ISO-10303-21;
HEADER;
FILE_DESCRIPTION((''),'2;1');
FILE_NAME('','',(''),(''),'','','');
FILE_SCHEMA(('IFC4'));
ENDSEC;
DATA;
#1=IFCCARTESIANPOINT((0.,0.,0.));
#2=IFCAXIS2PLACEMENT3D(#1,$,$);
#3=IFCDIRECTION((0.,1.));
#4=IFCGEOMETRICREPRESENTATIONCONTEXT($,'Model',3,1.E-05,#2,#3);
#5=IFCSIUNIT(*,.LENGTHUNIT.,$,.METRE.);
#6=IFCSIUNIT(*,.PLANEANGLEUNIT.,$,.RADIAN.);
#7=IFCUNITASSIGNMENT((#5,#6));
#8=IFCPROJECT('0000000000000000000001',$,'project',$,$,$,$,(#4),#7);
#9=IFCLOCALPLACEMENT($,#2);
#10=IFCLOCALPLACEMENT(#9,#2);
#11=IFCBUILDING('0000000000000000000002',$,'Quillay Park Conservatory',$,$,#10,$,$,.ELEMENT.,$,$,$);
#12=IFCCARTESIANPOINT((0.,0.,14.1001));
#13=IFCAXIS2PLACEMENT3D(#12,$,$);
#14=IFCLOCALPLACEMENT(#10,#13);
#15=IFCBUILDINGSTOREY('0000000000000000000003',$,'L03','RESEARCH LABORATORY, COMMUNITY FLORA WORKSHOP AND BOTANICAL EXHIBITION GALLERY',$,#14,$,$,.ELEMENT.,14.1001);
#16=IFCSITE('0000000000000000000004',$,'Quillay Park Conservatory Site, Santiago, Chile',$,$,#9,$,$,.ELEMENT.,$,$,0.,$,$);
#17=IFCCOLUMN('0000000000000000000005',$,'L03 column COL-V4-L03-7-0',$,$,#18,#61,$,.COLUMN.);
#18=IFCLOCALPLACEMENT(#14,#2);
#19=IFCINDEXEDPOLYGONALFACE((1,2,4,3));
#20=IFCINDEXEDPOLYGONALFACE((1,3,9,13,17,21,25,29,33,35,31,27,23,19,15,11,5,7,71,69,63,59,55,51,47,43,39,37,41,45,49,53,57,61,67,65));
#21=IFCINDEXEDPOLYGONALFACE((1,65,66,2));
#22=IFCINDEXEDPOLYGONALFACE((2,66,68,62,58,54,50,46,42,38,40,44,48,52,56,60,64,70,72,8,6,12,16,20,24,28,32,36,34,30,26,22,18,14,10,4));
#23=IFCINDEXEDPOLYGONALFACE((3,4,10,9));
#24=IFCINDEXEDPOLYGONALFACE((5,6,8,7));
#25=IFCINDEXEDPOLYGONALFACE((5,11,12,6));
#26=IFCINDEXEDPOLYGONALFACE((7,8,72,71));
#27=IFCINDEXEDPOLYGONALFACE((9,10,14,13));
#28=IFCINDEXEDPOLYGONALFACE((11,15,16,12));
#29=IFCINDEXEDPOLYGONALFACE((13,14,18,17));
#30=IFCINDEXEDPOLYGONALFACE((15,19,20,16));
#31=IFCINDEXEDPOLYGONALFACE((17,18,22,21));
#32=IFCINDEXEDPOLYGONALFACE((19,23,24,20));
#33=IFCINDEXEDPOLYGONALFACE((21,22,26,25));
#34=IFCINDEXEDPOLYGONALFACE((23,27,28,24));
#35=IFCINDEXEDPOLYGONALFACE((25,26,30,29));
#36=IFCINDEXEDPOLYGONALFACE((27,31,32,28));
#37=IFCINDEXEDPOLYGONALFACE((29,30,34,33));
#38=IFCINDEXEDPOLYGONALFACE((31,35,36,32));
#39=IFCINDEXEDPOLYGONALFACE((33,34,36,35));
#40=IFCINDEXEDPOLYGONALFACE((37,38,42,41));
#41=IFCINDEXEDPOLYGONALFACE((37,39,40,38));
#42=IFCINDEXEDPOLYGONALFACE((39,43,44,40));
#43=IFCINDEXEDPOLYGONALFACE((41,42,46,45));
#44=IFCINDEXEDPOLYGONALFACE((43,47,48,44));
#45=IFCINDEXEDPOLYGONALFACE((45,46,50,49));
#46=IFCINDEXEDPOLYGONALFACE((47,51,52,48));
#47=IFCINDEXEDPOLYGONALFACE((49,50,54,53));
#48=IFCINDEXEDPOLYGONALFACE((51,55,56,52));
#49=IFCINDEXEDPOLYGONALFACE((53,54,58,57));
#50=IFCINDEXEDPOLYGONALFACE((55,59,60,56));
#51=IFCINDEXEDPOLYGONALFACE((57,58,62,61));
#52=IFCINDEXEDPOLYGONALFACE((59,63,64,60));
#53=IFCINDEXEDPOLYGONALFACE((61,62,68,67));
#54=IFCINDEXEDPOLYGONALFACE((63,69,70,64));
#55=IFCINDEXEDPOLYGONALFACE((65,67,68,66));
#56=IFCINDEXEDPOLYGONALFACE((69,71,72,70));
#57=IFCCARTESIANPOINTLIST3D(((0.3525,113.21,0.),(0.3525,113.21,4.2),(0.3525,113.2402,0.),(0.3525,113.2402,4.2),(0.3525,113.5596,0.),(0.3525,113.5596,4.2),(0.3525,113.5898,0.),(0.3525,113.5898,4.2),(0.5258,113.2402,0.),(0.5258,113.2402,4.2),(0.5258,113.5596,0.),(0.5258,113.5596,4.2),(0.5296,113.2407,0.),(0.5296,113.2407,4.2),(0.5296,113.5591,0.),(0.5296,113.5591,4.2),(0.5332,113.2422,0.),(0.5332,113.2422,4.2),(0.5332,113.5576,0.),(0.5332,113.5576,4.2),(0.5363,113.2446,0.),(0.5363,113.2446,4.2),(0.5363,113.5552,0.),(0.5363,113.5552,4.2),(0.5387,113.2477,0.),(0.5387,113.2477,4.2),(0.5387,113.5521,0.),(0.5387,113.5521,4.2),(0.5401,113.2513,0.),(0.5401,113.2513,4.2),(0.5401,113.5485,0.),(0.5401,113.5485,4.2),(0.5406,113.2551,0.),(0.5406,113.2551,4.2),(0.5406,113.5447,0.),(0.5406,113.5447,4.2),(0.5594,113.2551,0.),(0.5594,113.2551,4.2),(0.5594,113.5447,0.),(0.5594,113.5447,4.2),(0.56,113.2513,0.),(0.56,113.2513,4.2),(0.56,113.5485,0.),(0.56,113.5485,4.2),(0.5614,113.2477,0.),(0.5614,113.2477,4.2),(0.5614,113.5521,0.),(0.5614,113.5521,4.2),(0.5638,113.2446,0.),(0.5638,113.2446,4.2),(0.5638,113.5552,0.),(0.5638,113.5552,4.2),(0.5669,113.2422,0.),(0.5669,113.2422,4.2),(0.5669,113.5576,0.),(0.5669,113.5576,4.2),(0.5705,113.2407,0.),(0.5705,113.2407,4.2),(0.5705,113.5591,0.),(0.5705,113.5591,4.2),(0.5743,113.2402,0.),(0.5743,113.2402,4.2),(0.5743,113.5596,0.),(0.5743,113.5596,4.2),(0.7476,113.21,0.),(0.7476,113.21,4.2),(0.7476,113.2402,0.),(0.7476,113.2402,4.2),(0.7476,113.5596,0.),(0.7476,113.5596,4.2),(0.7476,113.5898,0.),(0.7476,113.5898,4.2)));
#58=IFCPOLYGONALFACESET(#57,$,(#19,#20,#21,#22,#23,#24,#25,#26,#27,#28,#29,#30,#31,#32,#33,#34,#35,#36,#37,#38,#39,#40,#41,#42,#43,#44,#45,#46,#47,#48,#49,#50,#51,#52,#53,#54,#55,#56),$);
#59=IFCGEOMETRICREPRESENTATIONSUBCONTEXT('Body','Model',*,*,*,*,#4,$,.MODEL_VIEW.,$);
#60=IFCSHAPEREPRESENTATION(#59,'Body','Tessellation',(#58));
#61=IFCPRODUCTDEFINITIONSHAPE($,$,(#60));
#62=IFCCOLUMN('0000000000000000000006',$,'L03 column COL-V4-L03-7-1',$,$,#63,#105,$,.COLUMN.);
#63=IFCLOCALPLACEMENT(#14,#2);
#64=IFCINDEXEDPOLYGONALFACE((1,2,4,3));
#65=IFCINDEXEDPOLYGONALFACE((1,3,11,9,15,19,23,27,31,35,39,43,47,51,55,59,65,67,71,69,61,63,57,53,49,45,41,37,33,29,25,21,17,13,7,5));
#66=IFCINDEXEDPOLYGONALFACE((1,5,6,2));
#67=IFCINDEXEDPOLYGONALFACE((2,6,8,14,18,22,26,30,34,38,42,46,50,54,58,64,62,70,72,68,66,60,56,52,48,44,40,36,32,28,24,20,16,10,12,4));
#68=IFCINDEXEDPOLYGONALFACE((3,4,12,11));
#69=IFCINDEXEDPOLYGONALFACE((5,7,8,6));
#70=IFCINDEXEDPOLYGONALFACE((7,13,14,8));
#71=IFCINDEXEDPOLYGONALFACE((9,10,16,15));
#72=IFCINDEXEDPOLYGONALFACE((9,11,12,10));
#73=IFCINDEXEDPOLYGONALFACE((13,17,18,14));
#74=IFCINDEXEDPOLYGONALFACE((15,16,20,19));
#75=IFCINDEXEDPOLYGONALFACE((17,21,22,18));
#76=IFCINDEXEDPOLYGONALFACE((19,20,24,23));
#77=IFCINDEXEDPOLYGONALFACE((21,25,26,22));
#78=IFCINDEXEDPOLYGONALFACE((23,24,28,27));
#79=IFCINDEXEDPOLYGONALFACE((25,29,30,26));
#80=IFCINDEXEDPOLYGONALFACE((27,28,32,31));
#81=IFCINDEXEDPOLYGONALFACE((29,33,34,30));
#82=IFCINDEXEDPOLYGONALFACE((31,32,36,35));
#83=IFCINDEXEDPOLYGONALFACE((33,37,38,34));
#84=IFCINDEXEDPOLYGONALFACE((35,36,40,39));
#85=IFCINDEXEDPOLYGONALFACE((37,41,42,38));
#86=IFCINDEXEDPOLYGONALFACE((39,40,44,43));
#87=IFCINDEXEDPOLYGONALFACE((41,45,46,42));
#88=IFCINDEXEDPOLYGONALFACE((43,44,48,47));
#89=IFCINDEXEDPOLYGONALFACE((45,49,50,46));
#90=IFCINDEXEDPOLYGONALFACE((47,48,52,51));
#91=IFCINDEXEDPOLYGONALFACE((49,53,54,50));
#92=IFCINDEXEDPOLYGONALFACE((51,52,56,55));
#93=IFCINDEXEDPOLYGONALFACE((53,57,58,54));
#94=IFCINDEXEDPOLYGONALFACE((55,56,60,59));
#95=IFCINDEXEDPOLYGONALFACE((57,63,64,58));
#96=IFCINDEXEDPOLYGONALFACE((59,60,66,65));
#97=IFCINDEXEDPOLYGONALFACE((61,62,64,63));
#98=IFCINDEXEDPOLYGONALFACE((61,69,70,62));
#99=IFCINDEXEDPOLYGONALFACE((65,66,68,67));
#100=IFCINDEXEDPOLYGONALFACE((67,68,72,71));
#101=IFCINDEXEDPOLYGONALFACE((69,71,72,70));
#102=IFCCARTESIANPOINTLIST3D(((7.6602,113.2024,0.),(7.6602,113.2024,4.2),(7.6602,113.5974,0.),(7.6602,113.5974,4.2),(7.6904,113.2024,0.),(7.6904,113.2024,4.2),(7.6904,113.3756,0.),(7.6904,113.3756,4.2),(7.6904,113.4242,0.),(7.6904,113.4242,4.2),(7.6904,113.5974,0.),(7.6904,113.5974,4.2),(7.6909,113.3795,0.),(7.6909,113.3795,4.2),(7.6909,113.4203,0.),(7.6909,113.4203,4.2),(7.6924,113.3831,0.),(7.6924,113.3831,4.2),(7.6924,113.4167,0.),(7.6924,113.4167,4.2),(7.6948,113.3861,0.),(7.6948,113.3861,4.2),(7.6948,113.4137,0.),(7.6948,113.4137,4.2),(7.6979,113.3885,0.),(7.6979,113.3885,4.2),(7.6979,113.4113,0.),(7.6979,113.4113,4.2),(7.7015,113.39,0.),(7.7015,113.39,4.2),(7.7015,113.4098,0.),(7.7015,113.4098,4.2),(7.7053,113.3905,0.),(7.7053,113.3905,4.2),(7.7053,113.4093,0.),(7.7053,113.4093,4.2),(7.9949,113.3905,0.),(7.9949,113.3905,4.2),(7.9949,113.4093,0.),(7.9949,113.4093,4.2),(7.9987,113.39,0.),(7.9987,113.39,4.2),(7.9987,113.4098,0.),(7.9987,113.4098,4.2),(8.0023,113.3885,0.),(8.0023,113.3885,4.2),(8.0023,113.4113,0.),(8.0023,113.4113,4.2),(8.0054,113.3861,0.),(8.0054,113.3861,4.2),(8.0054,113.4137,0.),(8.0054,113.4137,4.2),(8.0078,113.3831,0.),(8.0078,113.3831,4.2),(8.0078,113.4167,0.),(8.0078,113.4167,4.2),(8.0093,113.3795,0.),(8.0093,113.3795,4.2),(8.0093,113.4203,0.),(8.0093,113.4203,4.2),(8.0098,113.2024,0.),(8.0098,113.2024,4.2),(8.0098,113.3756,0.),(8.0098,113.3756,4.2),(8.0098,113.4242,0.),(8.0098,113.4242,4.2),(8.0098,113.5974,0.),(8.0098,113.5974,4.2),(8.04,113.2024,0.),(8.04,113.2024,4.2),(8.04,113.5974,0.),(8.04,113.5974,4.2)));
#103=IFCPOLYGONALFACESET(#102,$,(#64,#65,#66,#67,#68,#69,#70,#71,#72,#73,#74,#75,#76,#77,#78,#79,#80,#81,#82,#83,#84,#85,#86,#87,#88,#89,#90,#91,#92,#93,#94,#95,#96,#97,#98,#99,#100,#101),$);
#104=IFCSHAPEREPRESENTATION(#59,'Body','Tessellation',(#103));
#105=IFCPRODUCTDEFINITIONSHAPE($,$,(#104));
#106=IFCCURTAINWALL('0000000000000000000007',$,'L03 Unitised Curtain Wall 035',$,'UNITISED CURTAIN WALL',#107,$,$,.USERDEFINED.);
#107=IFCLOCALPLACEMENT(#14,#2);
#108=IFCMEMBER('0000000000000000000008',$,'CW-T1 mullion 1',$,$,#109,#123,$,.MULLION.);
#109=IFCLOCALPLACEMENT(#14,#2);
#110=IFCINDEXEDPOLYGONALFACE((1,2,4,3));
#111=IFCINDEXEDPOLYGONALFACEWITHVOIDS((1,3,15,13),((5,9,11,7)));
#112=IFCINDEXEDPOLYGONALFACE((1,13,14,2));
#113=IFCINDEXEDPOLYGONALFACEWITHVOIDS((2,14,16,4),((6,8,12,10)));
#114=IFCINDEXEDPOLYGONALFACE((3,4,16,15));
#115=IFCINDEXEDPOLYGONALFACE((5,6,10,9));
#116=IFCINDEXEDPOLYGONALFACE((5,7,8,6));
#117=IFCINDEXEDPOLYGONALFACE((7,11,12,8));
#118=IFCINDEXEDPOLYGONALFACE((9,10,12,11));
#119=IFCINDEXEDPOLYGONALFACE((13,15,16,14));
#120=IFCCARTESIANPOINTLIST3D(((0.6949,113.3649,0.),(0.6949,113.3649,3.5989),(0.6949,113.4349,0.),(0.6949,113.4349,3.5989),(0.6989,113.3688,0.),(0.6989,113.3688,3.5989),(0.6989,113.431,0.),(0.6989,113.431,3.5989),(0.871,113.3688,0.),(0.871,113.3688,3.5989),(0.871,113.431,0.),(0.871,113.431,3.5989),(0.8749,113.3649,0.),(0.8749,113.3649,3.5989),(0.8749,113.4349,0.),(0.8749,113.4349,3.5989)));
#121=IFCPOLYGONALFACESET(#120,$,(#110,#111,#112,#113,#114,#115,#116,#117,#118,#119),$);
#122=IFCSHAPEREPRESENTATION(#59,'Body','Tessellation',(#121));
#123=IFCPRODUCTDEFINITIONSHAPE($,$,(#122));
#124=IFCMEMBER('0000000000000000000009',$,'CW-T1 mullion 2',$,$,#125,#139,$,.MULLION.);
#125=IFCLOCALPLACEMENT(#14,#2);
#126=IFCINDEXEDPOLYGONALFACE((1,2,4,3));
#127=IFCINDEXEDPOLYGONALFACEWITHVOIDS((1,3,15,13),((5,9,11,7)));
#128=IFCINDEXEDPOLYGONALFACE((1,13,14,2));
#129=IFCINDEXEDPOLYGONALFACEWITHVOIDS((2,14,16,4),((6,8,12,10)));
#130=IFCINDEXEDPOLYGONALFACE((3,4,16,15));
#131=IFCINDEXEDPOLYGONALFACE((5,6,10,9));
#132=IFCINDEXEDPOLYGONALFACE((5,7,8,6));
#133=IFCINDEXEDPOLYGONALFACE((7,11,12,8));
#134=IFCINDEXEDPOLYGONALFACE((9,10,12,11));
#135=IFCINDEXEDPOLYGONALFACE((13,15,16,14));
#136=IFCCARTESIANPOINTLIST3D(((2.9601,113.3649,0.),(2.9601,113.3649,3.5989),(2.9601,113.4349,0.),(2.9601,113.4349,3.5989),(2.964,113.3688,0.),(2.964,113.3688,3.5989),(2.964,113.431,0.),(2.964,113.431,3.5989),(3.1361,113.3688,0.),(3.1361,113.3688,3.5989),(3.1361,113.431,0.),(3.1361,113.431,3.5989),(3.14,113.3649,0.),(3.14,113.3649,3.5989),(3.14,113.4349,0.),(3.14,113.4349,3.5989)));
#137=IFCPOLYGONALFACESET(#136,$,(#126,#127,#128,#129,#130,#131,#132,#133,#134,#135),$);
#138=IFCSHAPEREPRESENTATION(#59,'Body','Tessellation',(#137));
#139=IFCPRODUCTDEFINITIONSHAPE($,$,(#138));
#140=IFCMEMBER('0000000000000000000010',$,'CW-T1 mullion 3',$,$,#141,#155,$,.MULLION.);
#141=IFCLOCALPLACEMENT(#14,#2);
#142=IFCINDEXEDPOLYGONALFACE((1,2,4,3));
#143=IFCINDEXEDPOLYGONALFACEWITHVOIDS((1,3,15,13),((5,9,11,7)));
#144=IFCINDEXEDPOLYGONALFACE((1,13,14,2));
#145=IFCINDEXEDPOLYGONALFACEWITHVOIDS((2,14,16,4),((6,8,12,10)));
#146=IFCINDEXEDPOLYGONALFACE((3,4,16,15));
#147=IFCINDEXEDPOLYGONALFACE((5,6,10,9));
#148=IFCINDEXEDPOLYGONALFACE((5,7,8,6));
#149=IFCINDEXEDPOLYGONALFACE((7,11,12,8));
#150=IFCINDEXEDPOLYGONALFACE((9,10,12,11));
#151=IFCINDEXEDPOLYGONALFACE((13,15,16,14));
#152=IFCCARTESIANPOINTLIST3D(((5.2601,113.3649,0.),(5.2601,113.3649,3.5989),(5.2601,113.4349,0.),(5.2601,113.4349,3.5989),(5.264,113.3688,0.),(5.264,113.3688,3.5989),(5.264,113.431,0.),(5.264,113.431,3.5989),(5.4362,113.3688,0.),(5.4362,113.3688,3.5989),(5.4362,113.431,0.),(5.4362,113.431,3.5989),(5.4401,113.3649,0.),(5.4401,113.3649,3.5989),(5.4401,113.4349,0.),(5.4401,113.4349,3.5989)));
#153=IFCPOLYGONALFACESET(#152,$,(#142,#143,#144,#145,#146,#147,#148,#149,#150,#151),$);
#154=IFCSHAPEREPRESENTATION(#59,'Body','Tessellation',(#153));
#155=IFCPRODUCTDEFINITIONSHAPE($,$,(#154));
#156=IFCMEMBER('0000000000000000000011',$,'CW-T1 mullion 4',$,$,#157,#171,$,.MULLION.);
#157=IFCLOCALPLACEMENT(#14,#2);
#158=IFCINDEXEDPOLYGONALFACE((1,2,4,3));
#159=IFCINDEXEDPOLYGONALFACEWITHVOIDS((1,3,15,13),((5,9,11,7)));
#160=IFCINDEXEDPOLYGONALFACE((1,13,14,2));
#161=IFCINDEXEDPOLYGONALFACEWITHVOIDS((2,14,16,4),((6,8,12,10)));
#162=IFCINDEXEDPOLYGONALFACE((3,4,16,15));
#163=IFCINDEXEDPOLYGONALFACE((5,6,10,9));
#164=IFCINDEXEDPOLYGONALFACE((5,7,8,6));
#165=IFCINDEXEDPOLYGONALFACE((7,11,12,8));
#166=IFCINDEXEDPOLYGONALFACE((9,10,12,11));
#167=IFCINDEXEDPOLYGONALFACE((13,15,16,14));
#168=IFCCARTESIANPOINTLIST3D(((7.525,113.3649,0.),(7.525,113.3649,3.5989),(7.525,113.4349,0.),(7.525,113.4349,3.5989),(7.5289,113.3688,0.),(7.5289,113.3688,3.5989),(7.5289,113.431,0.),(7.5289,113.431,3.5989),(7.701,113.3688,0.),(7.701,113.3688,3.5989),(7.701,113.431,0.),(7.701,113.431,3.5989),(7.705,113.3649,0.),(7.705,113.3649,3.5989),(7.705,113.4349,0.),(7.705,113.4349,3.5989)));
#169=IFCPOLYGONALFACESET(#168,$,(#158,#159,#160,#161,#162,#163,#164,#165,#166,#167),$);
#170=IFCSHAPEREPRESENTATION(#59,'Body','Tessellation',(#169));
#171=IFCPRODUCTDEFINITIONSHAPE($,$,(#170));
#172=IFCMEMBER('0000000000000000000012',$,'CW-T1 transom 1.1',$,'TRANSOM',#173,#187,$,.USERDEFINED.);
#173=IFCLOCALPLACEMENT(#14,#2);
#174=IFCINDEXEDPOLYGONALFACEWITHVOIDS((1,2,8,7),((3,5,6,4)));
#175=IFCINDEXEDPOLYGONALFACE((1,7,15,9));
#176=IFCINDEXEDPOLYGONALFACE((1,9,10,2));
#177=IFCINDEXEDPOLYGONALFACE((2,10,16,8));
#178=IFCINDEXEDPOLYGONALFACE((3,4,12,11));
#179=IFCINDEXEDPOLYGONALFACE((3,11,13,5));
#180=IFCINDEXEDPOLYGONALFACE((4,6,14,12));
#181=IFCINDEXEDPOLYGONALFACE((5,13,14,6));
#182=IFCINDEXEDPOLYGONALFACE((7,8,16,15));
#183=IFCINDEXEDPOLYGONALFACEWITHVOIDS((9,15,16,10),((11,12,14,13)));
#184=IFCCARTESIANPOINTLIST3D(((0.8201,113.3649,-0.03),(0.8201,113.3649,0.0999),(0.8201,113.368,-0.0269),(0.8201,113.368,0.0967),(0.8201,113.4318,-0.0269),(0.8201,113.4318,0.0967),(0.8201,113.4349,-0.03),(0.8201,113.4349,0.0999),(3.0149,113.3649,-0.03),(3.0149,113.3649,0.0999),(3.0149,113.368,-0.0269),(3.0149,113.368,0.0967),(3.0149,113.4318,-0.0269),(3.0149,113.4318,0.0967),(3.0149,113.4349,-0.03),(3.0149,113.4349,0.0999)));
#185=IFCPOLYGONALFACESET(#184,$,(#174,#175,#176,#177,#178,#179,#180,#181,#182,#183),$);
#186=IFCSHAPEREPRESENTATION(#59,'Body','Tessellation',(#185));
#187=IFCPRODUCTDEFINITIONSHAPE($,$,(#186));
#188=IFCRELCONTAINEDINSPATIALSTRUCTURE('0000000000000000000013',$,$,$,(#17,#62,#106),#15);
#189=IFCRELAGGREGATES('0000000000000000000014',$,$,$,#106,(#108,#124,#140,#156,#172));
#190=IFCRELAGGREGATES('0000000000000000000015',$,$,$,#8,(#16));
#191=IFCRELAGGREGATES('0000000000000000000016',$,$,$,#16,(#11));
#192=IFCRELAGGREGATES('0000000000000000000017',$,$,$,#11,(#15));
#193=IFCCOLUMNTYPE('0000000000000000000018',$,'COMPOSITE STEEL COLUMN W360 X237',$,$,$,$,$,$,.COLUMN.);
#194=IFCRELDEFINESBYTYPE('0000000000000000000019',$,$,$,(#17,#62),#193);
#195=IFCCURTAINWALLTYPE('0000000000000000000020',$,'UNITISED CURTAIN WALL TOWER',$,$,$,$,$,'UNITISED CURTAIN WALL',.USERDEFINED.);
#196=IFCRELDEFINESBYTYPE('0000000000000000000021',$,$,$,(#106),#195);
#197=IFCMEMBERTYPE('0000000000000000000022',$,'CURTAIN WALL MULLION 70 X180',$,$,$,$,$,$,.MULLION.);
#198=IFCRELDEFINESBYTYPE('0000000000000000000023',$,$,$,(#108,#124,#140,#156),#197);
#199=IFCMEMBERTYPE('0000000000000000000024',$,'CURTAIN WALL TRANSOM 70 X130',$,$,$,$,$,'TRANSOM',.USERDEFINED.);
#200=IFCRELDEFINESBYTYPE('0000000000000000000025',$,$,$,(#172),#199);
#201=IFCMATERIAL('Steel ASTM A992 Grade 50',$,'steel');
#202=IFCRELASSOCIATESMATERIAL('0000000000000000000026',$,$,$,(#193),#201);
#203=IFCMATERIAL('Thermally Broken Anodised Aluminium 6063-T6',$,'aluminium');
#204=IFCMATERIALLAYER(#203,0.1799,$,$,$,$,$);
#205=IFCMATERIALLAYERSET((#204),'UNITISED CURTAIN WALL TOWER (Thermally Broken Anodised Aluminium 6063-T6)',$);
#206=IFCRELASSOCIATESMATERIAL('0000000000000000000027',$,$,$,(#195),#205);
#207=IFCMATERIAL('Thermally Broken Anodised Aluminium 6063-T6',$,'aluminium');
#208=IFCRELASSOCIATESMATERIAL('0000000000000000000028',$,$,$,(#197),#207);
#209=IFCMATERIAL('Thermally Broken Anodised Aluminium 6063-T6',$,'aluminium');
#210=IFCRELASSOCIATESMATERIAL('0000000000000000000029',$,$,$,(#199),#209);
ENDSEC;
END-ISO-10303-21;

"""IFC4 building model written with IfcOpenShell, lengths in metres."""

from ifc_helpers import new_model, si_unit, direction, frame, origin, origin_2d, place, context, subcontext, project, spatial, hollow_rectangle, i_section, extrude, material, layer, layer_set, material_profile, profile_set, type_object, element, aggregate, save


model = new_model("IFC4")

# Units and contexts
model_context = context("Model", 3, precision=1e-05, world=origin(), true_north=direction((0.0, 1.0)))
body_context = subcontext(model_context, "Body", "Model", "MODEL_VIEW")
ifc_project = project(units=[si_unit("LENGTHUNIT", "METRE"), si_unit("PLANEANGLEUNIT", "RADIAN")], contexts=[model_context])

# Site, building, storey
site_placement = place(None, origin())
site = spatial("IfcSite", under=ifc_project, at=site_placement, Name="Quillay Park Conservatory Site, Santiago, Chile", CompositionType="ELEMENT", RefElevation=0.0)
building_placement = place(site_placement, origin())
building = spatial("IfcBuilding", under=site, at=building_placement, Name="Quillay Park Conservatory", CompositionType="ELEMENT")
storey_placement = place(building_placement, frame((0.0, 0.0, 14.1001)))
storey = spatial("IfcBuildingStorey", under=building, at=storey_placement, Name="L03", Description="RESEARCH LABORATORY, COMMUNITY FLORA WORKSHOP AND BOTANICAL EXHIBITION GALLERY", CompositionType="ELEMENT", Elevation=14.1001)

# Columns
ifc_material_1 = material(Name="Steel ASTM A992 Grade 50", Category="steel")
ifc_material_profile_1 = material_profile(ifc_material_1, i_section(OverallWidth=0.395, OverallDepth=0.3799, WebThickness=0.0188, FlangeThickness=0.0303, FilletRadius=0.0149, at=origin_2d()), Name="W360x237")
ifc_profile_set_1 = profile_set([ifc_material_profile_1], Name="Steel ASTM A992 Grade 50")
column_type = type_object("IfcColumnType", Name="COMPOSITE STEEL COLUMN W360 X237", PredefinedType="COLUMN", material=ifc_profile_set_1)
for number, where, z_axis, x_axis, name in (
    (1, (0.55, 113.3999, 0.0), (0.0, 0.0, 1.0), (1.0, 0.0, 0.0), "L03 column COL-V4-L03-7-0"),
    (2, (7.8501, 113.3999, 0.0), (0.0, 0.0, 1.0), (0.0, 1.0, 0.0), "L03 column COL-V4-L03-7-1"),
):
    element("IfcColumn", number, at=place(storey_placement, frame(where, z_axis=z_axis, x_axis=x_axis)), inside=storey, type_object=column_type, Name=name, PredefinedType="COLUMN", context=body_context, shape_type="SweptSolid", body=[
        extrude(i_section(OverallWidth=0.395, OverallDepth=0.3799, WebThickness=0.0188, FlangeThickness=0.0303, FilletRadius=0.0149, at=origin_2d()), origin(), (0.0, 0.0, 1.0), 4.2),
    ])

# Curtain wall, members
ifc_material_2 = material(Name="Thermally Broken Anodised Aluminium 6063-T6", Category="aluminium")
ifc_layer_1 = layer(ifc_material_2, 0.1799)
ifc_layer_set_1 = layer_set([ifc_layer_1], Name="UNITISED CURTAIN WALL TOWER (Thermally Broken Anodised Aluminium 6063-T6)")
curtain_wall_type = type_object("IfcCurtainWallType", Name="UNITISED CURTAIN WALL TOWER", ElementType="UNITISED CURTAIN WALL", PredefinedType="USERDEFINED", material=ifc_layer_set_1)
curtain_wall_placement = place(storey_placement, origin())
curtain_wall = element("IfcCurtainWall", 3, at=curtain_wall_placement, inside=storey, type_object=curtain_wall_type, Name="L03 Unitised Curtain Wall 035", ObjectType="UNITISED CURTAIN WALL", PredefinedType="USERDEFINED")
ifc_material_3 = material(Name="Thermally Broken Anodised Aluminium 6063-T6", Category="aluminium")
ifc_material_profile_2 = material_profile(ifc_material_3, hollow_rectangle(XDim=0.0701, YDim=0.1799, WallThickness=0.0039, at=origin_2d()), Name="AL70x180x4")
ifc_profile_set_2 = profile_set([ifc_material_profile_2], Name="Thermally Broken Anodised Aluminium 6063-T6")
member_type_1 = type_object("IfcMemberType", Name="CURTAIN WALL MULLION 70 X180", PredefinedType="MULLION", material=ifc_profile_set_2)
member_1_placement = place(storey_placement, frame((0.7849, 113.3999, 0.0), z_axis=(0.0, 0.0, 1.0), x_axis=(0.0, 1.0, 0.0)))
member_1 = element("IfcMember", 4, at=member_1_placement, type_object=member_type_1, Name="CW-T1 mullion 1", PredefinedType="MULLION", context=body_context, shape_type="SweptSolid", body=[
    extrude(hollow_rectangle(XDim=0.0701, YDim=0.1799, WallThickness=0.0039, at=origin_2d()), origin(), (0.0, 0.0, 1.0), 3.5989),
])
member_2_placement = place(storey_placement, frame((3.05, 113.3999, 0.0), z_axis=(0.0, 0.0, 1.0), x_axis=(0.0, 1.0, 0.0)))
member_2 = element("IfcMember", 5, at=member_2_placement, type_object=member_type_1, Name="CW-T1 mullion 2", PredefinedType="MULLION", context=body_context, shape_type="SweptSolid", body=[
    extrude(hollow_rectangle(XDim=0.0701, YDim=0.1799, WallThickness=0.0039, at=origin_2d()), origin(), (0.0, 0.0, 1.0), 3.5989),
])
member_3_placement = place(storey_placement, frame((5.3501, 113.3999, 0.0), z_axis=(0.0, 0.0, 1.0), x_axis=(0.0, 1.0, 0.0)))
member_3 = element("IfcMember", 6, at=member_3_placement, type_object=member_type_1, Name="CW-T1 mullion 3", PredefinedType="MULLION", context=body_context, shape_type="SweptSolid", body=[
    extrude(hollow_rectangle(XDim=0.0701, YDim=0.1799, WallThickness=0.0039, at=origin_2d()), origin(), (0.0, 0.0, 1.0), 3.5989),
])
member_4_placement = place(storey_placement, frame((7.615, 113.3999, 0.0), z_axis=(0.0, 0.0, 1.0), x_axis=(0.0, 1.0, 0.0)))
member_4 = element("IfcMember", 7, at=member_4_placement, type_object=member_type_1, Name="CW-T1 mullion 4", PredefinedType="MULLION", context=body_context, shape_type="SweptSolid", body=[
    extrude(hollow_rectangle(XDim=0.0701, YDim=0.1799, WallThickness=0.0039, at=origin_2d()), origin(), (0.0, 0.0, 1.0), 3.5989),
])
ifc_material_4 = material(Name="Thermally Broken Anodised Aluminium 6063-T6", Category="aluminium")
ifc_material_profile_3 = material_profile(ifc_material_4, hollow_rectangle(XDim=0.0701, YDim=0.1299, WallThickness=0.0032, at=origin_2d()), Name="AL70x130x3.2")
ifc_profile_set_3 = profile_set([ifc_material_profile_3], Name="Thermally Broken Anodised Aluminium 6063-T6")
member_type_2 = type_object("IfcMemberType", Name="CURTAIN WALL TRANSOM 70 X130", ElementType="TRANSOM", PredefinedType="USERDEFINED", material=ifc_profile_set_3)
member_5_placement = place(storey_placement, frame((0.8201, 113.3999, 0.0349), z_axis=(1.0, 0.0, 0.0), x_axis=(0.0, 1.0, 0.0)))
member_5 = element("IfcMember", 8, at=member_5_placement, type_object=member_type_2, Name="CW-T1 transom 1.1", ObjectType="TRANSOM", PredefinedType="USERDEFINED", context=body_context, shape_type="SweptSolid", body=[
    extrude(hollow_rectangle(XDim=0.0701, YDim=0.1299, WallThickness=0.0032, at=origin_2d()), origin(), (0.0, 0.0, 1.0), 2.1948),
])

aggregate(curtain_wall, [member_1, member_2, member_3, member_4, member_5])

save(model, "model.ifc")
